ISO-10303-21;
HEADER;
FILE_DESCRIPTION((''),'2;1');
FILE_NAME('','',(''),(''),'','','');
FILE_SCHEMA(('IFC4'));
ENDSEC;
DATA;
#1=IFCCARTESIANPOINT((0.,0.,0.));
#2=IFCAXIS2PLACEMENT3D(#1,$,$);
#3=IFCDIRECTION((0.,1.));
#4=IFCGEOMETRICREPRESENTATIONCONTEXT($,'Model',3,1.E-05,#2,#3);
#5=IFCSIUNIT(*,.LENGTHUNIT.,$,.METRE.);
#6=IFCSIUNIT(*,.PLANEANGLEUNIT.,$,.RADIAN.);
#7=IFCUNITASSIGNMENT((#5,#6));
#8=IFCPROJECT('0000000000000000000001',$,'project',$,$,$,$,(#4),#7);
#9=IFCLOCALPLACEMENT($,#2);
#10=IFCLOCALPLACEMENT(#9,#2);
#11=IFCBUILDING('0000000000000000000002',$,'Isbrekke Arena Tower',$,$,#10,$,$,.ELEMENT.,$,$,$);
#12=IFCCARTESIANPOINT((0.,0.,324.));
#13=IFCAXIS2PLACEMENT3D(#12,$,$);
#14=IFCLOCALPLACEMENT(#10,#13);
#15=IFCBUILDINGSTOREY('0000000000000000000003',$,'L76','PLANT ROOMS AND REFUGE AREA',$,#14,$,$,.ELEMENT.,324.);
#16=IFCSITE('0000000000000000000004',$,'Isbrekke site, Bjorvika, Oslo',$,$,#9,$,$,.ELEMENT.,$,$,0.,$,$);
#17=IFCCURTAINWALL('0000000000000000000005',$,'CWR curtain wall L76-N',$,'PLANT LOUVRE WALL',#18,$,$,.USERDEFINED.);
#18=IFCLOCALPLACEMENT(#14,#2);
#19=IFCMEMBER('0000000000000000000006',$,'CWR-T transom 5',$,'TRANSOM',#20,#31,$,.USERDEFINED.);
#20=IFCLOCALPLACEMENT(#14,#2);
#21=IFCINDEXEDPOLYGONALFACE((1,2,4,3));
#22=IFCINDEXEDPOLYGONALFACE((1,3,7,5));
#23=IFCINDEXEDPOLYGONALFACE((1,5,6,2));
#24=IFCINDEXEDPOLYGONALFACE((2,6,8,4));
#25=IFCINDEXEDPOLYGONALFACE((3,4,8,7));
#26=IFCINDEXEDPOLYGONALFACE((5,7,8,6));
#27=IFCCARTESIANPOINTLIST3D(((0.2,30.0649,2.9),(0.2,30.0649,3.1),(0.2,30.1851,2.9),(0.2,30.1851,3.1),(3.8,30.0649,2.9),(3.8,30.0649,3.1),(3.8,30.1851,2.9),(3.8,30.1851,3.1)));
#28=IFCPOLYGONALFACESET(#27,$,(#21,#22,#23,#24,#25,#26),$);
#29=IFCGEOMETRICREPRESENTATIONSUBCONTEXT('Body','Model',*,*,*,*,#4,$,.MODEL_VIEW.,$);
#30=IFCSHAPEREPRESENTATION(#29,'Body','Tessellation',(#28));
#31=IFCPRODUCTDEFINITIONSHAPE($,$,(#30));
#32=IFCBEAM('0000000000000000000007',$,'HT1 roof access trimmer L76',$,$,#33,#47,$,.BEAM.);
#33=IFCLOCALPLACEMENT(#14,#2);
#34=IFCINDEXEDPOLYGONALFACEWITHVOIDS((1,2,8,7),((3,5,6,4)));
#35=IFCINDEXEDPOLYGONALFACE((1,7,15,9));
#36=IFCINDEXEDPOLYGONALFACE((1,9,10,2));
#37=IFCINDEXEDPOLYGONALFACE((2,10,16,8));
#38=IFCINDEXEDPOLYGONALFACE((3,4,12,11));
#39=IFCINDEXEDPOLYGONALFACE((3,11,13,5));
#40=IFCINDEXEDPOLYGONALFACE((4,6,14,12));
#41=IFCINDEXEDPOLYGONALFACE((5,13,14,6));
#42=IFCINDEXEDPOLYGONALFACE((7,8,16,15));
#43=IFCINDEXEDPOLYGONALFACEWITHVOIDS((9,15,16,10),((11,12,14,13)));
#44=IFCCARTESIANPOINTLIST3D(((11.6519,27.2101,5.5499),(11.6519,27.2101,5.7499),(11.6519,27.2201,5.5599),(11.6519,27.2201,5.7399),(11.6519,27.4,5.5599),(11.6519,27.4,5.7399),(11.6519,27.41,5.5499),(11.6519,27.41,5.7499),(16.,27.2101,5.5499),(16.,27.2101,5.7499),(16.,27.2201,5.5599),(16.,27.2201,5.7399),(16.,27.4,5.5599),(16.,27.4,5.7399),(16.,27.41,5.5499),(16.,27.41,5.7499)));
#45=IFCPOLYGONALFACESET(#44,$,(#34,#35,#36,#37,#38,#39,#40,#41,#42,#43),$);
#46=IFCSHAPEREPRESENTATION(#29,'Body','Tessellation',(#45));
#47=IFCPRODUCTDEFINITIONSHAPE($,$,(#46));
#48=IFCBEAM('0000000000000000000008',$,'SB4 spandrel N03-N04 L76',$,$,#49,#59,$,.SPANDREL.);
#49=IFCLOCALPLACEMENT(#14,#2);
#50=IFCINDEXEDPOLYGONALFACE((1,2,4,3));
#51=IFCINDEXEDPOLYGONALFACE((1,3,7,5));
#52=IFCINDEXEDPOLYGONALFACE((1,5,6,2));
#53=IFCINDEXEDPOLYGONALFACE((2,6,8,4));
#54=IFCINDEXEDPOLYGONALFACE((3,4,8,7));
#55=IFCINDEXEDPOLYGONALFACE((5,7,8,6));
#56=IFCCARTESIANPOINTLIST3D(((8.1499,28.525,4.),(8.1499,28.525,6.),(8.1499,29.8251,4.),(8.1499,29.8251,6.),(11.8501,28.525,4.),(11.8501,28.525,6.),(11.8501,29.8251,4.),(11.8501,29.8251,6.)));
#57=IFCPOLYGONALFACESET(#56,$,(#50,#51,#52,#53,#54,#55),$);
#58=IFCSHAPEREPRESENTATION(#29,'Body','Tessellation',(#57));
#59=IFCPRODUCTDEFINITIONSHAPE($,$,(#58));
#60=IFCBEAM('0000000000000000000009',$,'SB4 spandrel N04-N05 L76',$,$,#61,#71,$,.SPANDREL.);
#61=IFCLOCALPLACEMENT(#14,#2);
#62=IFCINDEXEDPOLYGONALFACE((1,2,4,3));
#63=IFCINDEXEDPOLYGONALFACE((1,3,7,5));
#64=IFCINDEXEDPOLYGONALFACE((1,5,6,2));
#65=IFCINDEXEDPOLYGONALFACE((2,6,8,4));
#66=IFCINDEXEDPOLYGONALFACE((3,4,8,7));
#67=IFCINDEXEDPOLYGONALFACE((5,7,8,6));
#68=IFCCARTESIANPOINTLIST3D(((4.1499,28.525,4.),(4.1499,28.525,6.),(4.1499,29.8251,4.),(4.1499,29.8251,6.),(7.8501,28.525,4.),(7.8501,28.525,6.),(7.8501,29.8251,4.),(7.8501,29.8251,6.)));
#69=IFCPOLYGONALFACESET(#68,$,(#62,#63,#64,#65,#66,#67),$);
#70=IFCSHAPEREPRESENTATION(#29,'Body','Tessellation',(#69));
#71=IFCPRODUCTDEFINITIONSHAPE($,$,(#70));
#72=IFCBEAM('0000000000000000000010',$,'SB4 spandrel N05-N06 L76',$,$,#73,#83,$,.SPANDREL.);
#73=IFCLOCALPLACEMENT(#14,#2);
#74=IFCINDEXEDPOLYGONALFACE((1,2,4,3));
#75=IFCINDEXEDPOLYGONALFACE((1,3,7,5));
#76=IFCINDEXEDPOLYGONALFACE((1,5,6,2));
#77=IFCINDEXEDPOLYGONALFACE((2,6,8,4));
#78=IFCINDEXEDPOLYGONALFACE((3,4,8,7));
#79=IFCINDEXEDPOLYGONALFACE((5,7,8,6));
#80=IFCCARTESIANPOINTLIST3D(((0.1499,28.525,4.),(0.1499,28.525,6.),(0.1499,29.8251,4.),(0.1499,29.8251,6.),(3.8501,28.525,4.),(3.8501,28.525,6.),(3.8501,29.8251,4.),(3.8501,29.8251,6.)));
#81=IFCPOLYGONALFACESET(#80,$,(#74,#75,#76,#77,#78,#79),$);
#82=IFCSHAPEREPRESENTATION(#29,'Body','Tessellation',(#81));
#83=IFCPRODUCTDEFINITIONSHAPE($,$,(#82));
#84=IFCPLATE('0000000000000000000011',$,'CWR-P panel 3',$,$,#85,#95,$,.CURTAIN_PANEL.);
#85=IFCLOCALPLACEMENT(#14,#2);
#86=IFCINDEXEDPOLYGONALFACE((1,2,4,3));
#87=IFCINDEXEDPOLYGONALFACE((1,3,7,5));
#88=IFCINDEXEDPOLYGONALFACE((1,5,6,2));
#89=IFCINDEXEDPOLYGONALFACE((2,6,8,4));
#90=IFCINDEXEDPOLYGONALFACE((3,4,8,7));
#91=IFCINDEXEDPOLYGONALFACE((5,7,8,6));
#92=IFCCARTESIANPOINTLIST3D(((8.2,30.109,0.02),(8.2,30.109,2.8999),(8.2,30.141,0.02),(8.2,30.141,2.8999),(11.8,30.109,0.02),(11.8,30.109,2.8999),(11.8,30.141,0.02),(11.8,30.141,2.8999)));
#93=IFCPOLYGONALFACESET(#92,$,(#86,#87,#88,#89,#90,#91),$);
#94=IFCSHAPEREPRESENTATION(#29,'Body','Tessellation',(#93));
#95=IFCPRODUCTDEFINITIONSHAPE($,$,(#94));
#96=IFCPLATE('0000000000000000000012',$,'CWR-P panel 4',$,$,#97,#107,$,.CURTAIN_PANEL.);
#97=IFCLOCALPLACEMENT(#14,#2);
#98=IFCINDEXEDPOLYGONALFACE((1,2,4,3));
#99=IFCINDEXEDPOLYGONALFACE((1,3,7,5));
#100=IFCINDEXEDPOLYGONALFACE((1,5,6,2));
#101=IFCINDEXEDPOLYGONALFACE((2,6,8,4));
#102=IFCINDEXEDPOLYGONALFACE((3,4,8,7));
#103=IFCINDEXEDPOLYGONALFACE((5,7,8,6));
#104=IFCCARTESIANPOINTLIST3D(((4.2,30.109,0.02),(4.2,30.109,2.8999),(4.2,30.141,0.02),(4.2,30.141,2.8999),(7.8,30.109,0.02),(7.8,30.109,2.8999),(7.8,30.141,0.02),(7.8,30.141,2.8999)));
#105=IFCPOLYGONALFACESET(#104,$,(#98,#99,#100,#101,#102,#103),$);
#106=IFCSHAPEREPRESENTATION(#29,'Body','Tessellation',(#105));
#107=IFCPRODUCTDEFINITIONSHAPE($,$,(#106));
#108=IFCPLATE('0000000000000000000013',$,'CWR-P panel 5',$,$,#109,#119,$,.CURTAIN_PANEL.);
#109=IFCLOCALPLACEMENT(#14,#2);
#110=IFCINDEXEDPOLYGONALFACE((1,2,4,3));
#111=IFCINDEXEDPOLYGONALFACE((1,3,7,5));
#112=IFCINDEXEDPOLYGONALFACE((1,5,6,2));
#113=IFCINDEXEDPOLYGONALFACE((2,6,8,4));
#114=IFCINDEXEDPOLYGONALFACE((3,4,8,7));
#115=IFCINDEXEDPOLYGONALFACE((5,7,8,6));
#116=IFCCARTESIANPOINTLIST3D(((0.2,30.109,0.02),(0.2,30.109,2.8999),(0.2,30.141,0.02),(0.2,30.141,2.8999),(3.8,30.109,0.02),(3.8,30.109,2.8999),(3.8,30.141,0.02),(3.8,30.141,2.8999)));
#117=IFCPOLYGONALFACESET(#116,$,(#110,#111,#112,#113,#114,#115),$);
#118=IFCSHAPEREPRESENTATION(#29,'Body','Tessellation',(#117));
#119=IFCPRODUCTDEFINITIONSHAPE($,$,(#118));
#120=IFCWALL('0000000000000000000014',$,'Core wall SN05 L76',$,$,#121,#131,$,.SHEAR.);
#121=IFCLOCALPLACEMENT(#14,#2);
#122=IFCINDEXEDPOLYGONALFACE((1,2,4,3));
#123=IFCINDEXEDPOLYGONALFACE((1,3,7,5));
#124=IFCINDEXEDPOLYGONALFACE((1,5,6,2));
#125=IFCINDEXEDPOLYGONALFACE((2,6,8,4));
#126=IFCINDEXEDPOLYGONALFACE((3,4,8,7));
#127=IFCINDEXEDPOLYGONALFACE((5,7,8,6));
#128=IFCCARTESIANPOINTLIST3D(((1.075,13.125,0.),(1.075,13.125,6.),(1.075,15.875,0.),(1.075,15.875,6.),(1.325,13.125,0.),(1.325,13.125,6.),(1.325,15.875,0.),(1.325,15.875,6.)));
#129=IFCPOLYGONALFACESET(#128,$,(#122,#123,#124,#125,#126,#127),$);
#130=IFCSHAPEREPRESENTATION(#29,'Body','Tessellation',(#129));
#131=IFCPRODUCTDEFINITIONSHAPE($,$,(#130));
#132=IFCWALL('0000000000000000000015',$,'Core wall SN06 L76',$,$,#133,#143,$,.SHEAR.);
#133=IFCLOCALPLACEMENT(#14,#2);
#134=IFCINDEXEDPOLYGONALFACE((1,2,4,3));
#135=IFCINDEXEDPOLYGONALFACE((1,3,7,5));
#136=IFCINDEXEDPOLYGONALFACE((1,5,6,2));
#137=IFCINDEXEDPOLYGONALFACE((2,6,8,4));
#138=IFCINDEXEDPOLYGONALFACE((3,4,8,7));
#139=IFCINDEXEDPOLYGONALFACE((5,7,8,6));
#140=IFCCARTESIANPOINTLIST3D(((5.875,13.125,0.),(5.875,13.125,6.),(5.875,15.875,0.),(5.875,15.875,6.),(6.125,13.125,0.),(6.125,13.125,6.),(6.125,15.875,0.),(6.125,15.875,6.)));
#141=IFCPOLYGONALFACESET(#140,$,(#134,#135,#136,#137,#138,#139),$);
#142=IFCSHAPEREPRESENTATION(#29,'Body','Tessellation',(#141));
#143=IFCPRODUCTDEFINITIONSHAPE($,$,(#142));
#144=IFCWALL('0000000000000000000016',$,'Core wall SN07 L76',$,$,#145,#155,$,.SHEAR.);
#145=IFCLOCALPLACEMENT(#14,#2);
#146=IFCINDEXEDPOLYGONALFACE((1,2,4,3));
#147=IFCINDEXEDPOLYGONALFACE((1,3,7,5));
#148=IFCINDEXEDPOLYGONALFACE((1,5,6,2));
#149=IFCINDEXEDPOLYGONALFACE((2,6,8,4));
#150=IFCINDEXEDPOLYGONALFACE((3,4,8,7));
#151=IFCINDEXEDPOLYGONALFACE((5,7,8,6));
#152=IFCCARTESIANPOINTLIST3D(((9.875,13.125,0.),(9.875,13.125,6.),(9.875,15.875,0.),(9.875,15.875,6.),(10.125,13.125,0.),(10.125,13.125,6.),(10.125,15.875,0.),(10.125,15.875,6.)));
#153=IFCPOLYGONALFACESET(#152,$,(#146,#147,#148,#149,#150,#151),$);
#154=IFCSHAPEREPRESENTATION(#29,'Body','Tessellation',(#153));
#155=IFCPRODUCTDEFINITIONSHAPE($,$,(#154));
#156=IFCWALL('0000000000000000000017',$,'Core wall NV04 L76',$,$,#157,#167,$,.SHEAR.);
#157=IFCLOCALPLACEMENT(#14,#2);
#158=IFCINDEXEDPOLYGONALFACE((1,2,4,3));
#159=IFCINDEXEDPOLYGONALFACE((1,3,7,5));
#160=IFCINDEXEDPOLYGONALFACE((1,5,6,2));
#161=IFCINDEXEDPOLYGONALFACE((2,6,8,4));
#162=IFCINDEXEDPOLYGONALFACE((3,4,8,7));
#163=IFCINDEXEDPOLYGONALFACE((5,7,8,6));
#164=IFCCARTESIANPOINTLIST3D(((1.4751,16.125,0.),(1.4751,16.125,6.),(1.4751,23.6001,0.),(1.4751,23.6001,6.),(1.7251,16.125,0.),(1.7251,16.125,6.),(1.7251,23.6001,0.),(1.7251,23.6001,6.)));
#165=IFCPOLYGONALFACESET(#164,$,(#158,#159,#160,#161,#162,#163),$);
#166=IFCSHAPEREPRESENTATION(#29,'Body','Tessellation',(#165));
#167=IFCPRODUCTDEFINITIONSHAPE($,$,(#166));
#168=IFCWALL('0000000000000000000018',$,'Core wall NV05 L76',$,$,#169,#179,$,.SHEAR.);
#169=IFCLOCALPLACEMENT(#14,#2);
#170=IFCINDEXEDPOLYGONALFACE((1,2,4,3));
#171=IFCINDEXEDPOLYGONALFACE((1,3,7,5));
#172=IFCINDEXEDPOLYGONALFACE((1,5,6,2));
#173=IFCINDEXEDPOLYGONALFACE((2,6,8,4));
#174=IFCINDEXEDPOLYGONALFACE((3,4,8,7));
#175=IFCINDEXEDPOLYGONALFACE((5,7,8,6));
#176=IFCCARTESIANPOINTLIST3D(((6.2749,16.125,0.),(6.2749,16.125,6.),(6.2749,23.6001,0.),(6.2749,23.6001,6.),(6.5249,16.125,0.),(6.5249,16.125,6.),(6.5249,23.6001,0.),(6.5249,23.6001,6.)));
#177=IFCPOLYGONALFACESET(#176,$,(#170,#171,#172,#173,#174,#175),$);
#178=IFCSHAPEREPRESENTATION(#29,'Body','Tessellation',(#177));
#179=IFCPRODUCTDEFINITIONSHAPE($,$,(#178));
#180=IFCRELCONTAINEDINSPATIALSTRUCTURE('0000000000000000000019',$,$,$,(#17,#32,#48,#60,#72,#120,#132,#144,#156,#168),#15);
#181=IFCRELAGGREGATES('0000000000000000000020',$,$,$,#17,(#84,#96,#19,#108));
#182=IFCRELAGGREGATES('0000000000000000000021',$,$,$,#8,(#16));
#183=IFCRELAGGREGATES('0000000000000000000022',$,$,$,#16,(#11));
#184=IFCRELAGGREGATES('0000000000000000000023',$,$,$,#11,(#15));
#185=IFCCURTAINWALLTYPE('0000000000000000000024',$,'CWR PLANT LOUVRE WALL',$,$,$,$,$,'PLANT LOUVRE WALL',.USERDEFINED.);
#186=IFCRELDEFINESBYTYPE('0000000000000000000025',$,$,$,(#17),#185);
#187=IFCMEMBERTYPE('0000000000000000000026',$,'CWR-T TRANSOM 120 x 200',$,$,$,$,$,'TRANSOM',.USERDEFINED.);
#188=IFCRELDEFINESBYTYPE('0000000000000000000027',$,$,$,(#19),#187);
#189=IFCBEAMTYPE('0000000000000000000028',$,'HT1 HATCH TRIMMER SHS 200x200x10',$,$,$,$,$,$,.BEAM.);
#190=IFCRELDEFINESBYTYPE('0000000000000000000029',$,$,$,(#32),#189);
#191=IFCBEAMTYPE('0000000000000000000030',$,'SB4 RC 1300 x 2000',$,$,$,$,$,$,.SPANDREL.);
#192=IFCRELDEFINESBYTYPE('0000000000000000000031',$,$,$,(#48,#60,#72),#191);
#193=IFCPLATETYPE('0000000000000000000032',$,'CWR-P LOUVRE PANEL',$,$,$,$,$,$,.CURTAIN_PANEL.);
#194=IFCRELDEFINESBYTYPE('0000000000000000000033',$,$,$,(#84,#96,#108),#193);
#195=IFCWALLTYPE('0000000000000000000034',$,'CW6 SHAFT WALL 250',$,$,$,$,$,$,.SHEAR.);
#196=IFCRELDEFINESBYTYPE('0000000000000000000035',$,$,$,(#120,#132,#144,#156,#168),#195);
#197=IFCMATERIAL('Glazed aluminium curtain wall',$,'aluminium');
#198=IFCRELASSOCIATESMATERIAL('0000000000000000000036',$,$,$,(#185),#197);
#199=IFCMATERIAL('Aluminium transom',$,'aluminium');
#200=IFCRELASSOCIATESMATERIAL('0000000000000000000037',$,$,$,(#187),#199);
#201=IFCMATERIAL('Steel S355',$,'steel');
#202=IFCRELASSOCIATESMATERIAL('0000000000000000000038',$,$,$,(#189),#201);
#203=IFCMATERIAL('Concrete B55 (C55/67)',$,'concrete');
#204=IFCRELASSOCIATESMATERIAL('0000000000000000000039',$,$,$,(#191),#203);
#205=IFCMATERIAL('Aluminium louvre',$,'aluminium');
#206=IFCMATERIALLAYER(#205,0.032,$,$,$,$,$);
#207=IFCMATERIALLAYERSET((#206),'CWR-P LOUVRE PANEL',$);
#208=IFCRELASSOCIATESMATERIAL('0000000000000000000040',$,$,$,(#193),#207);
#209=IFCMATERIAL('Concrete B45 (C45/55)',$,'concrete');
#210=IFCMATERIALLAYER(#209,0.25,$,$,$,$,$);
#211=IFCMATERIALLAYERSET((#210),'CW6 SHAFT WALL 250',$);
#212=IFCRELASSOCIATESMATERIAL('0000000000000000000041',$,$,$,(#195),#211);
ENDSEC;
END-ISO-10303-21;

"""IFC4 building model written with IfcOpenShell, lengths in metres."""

from ifc_helpers import new_model, si_unit, direction, frame, frame_2d, origin, origin_2d, place, context, subcontext, project, spatial, rectangle, hollow_rectangle, extrude, material, layer, layer_set, material_profile, profile_set, type_object, element, aggregate, save


model = new_model("IFC4")

# Units and contexts
model_context = context("Model", 3, precision=1e-05, world=origin(), true_north=direction((0.0, 1.0)))
body_context = subcontext(model_context, "Body", "Model", "MODEL_VIEW")
ifc_project = project(units=[si_unit("LENGTHUNIT", "METRE"), si_unit("PLANEANGLEUNIT", "RADIAN")], contexts=[model_context])

# Site, building, storey
site_placement = place(None, origin())
site = spatial("IfcSite", under=ifc_project, at=site_placement, Name="Isbrekke site, Bjorvika, Oslo", CompositionType="ELEMENT", RefElevation=0.0)
building_placement = place(site_placement, origin())
building = spatial("IfcBuilding", under=site, at=building_placement, Name="Isbrekke Arena Tower", CompositionType="ELEMENT")
storey_placement = place(building_placement, frame((0.0, 0.0, 324.0)))
storey = spatial("IfcBuildingStorey", under=building, at=storey_placement, Name="L76", Description="PLANT ROOMS AND REFUGE AREA", CompositionType="ELEMENT", Elevation=324.0)

# Curtain wall, member
ifc_material_1 = material(Name="Glazed aluminium curtain wall", Category="aluminium")
curtain_wall_type = type_object("IfcCurtainWallType", Name="CWR PLANT LOUVRE WALL", ElementType="PLANT LOUVRE WALL", PredefinedType="USERDEFINED", material=ifc_material_1)
curtain_wall_placement = place(storey_placement, origin())
curtain_wall = element("IfcCurtainWall", 1, at=curtain_wall_placement, inside=storey, type_object=curtain_wall_type, Name="CWR curtain wall L76-N", ObjectType="PLANT LOUVRE WALL", PredefinedType="USERDEFINED")
ifc_material_2 = material(Name="Aluminium transom", Category="aluminium")
ifc_material_profile_1 = material_profile(ifc_material_2, rectangle(XDim=0.1201, YDim=0.2, at=origin_2d()), Name="TRANSOM 120X200")
ifc_profile_set_1 = profile_set([ifc_material_profile_1], Name="Aluminium transom")
member_type_1 = type_object("IfcMemberType", Name="CWR-T TRANSOM 120 x 200", ElementType="TRANSOM", PredefinedType="USERDEFINED", material=ifc_profile_set_1)
member_1_placement = place(storey_placement, frame((3.8, 30.125, 3.0), z_axis=(-1.0, 0.0, 0.0), x_axis=(0.0, -1.0, 0.0)))
member_1 = element("IfcMember", 2, at=member_1_placement, type_object=member_type_1, Name="CWR-T transom 5", ObjectType="TRANSOM", PredefinedType="USERDEFINED", context=body_context, shape_type="SweptSolid", body=[
    extrude(rectangle(XDim=0.1201, YDim=0.2, at=origin_2d()), origin(), (0.0, 0.0, 1.0), 3.6001),
])

# Beams
ifc_material_3 = material(Name="Steel S355", Category="steel")
ifc_material_profile_2 = material_profile(ifc_material_3, hollow_rectangle(XDim=0.2, YDim=0.2, WallThickness=0.01, at=origin_2d()), Name="SHS 200x200x10")
ifc_profile_set_2 = profile_set([ifc_material_profile_2], Name="Steel S355")
beam_type_1 = type_object("IfcBeamType", Name="HT1 HATCH TRIMMER SHS 200x200x10", PredefinedType="BEAM", material=ifc_profile_set_2)
beam_1_placement = place(storey_placement, frame((11.6519, 27.3101, 5.6499), z_axis=(1.0, 0.0, 0.0), x_axis=(0.0, 1.0, 0.0)))
element("IfcBeam", 3, at=beam_1_placement, inside=storey, type_object=beam_type_1, Name="HT1 roof access trimmer L76", PredefinedType="BEAM", context=body_context, shape_type="SweptSolid", body=[
    extrude(hollow_rectangle(XDim=0.2, YDim=0.2, WallThickness=0.01, at=origin_2d()), origin(), (0.0, 0.0, 1.0), 4.3481),
])
ifc_material_4 = material(Name="Concrete B55 (C55/67)", Category="concrete")
ifc_material_profile_3 = material_profile(ifc_material_4, rectangle(XDim=1.3, YDim=2.0, at=origin_2d()), Name="RC 1300x2000")
ifc_profile_set_3 = profile_set([ifc_material_profile_3], Name="Concrete B55 (C55/67)")
beam_type_2 = type_object("IfcBeamType", Name="SB4 RC 1300 x 2000", PredefinedType="SPANDREL", material=ifc_profile_set_3)
for number, where, z_axis, x_axis, name in (
    (4, (11.8501, 29.175, 5.0), (-1.0, 0.0, 0.0), (0.0, -1.0, 0.0), "SB4 spandrel N03-N04 L76"),
    (5, (7.8501, 29.175, 5.0), (-1.0, 0.0, 0.0), (0.0, -1.0, 0.0), "SB4 spandrel N04-N05 L76"),
    (6, (3.8501, 29.175, 5.0), (-1.0, 0.0, 0.0), (0.0, -1.0, 0.0), "SB4 spandrel N05-N06 L76"),
):
    element("IfcBeam", number, at=place(storey_placement, frame(where, z_axis=z_axis, x_axis=x_axis)), inside=storey, type_object=beam_type_2, Name=name, PredefinedType="SPANDREL", context=body_context, shape_type="SweptSolid", body=[
        extrude(rectangle(XDim=1.3, YDim=2.0, at=origin_2d()), origin(), (0.0, 0.0, 1.0), 3.7002),
    ])

# Plates
ifc_material_5 = material(Name="Aluminium louvre", Category="aluminium")
ifc_layer_1 = layer(ifc_material_5, 0.032)
ifc_layer_set_1 = layer_set([ifc_layer_1], Name="CWR-P LOUVRE PANEL")
plate_type = type_object("IfcPlateType", Name="CWR-P LOUVRE PANEL", PredefinedType="CURTAIN_PANEL", material=ifc_layer_set_1)
plate_1_placement = place(storey_placement, frame((10.0, 30.125, 0.02), z_axis=(0.0, 0.0, 1.0), x_axis=(-1.0, 0.0, 0.0)))
plate_1 = element("IfcPlate", 7, at=plate_1_placement, type_object=plate_type, Name="CWR-P panel 3", PredefinedType="CURTAIN_PANEL", context=body_context, shape_type="SweptSolid", body=[
    extrude(rectangle(XDim=3.6001, YDim=0.032, at=origin_2d()), origin(), (0.0, 0.0, 1.0), 2.8799),
])
plate_2_placement = place(storey_placement, frame((6.0, 30.125, 0.02), z_axis=(0.0, 0.0, 1.0), x_axis=(-1.0, 0.0, 0.0)))
plate_2 = element("IfcPlate", 8, at=plate_2_placement, type_object=plate_type, Name="CWR-P panel 4", PredefinedType="CURTAIN_PANEL", context=body_context, shape_type="SweptSolid", body=[
    extrude(rectangle(XDim=3.6001, YDim=0.032, at=origin_2d()), origin(), (0.0, 0.0, 1.0), 2.8799),
])
plate_3_placement = place(storey_placement, frame((2.0, 30.125, 0.02), z_axis=(0.0, 0.0, 1.0), x_axis=(-1.0, 0.0, 0.0)))
plate_3 = element("IfcPlate", 9, at=plate_3_placement, type_object=plate_type, Name="CWR-P panel 5", PredefinedType="CURTAIN_PANEL", context=body_context, shape_type="SweptSolid", body=[
    extrude(rectangle(XDim=3.6001, YDim=0.032, at=origin_2d()), origin(), (0.0, 0.0, 1.0), 2.8799),
])
aggregate(curtain_wall, [plate_1, plate_2, member_1, plate_3])

# Walls
ifc_material_6 = material(Name="Concrete B45 (C45/55)", Category="concrete")
ifc_layer_2 = layer(ifc_material_6, 0.25)
ifc_layer_set_2 = layer_set([ifc_layer_2], Name="CW6 SHAFT WALL 250")
wall_type_1 = type_object("IfcWallType", Name="CW6 SHAFT WALL 250", PredefinedType="SHEAR", material=ifc_layer_set_2)
for number, where, z_axis, x_axis, name in (
    (10, (1.2, 13.125, 0.0), (0.0, 0.0, 1.0), (0.0, 1.0, 0.0), "Core wall SN05 L76"),
    (11, (6.0, 13.125, 0.0), (0.0, 0.0, 1.0), (0.0, 1.0, 0.0), "Core wall SN06 L76"),
    (12, (10.0, 13.125, 0.0), (0.0, 0.0, 1.0), (0.0, 1.0, 0.0), "Core wall SN07 L76"),
):
    element("IfcWall", number, at=place(storey_placement, frame(where, z_axis=z_axis, x_axis=x_axis)), inside=storey, type_object=wall_type_1, Name=name, PredefinedType="SHEAR", context=body_context, shape_type="SweptSolid", body=[
        extrude(rectangle(XDim=2.75, YDim=0.25, at=frame_2d((1.375, 0.0))), origin(), (0.0, 0.0, 1.0), 6.0),
    ])
for number, where, z_axis, x_axis, name in (
    (13, (1.6001, 16.125, 0.0), (0.0, 0.0, 1.0), (0.0, 1.0, 0.0), "Core wall NV04 L76"),
    (14, (6.3999, 16.125, 0.0), (0.0, 0.0, 1.0), (0.0, 1.0, 0.0), "Core wall NV05 L76"),
):
    element("IfcWall", number, at=place(storey_placement, frame(where, z_axis=z_axis, x_axis=x_axis)), inside=storey, type_object=wall_type_1, Name=name, PredefinedType="SHEAR", context=body_context, shape_type="SweptSolid", body=[
        extrude(rectangle(XDim=7.4751, YDim=0.25, at=frame_2d((3.7375, 0.0))), origin(), (0.0, 0.0, 1.0), 6.0),
    ])

save(model, "model.ifc")
